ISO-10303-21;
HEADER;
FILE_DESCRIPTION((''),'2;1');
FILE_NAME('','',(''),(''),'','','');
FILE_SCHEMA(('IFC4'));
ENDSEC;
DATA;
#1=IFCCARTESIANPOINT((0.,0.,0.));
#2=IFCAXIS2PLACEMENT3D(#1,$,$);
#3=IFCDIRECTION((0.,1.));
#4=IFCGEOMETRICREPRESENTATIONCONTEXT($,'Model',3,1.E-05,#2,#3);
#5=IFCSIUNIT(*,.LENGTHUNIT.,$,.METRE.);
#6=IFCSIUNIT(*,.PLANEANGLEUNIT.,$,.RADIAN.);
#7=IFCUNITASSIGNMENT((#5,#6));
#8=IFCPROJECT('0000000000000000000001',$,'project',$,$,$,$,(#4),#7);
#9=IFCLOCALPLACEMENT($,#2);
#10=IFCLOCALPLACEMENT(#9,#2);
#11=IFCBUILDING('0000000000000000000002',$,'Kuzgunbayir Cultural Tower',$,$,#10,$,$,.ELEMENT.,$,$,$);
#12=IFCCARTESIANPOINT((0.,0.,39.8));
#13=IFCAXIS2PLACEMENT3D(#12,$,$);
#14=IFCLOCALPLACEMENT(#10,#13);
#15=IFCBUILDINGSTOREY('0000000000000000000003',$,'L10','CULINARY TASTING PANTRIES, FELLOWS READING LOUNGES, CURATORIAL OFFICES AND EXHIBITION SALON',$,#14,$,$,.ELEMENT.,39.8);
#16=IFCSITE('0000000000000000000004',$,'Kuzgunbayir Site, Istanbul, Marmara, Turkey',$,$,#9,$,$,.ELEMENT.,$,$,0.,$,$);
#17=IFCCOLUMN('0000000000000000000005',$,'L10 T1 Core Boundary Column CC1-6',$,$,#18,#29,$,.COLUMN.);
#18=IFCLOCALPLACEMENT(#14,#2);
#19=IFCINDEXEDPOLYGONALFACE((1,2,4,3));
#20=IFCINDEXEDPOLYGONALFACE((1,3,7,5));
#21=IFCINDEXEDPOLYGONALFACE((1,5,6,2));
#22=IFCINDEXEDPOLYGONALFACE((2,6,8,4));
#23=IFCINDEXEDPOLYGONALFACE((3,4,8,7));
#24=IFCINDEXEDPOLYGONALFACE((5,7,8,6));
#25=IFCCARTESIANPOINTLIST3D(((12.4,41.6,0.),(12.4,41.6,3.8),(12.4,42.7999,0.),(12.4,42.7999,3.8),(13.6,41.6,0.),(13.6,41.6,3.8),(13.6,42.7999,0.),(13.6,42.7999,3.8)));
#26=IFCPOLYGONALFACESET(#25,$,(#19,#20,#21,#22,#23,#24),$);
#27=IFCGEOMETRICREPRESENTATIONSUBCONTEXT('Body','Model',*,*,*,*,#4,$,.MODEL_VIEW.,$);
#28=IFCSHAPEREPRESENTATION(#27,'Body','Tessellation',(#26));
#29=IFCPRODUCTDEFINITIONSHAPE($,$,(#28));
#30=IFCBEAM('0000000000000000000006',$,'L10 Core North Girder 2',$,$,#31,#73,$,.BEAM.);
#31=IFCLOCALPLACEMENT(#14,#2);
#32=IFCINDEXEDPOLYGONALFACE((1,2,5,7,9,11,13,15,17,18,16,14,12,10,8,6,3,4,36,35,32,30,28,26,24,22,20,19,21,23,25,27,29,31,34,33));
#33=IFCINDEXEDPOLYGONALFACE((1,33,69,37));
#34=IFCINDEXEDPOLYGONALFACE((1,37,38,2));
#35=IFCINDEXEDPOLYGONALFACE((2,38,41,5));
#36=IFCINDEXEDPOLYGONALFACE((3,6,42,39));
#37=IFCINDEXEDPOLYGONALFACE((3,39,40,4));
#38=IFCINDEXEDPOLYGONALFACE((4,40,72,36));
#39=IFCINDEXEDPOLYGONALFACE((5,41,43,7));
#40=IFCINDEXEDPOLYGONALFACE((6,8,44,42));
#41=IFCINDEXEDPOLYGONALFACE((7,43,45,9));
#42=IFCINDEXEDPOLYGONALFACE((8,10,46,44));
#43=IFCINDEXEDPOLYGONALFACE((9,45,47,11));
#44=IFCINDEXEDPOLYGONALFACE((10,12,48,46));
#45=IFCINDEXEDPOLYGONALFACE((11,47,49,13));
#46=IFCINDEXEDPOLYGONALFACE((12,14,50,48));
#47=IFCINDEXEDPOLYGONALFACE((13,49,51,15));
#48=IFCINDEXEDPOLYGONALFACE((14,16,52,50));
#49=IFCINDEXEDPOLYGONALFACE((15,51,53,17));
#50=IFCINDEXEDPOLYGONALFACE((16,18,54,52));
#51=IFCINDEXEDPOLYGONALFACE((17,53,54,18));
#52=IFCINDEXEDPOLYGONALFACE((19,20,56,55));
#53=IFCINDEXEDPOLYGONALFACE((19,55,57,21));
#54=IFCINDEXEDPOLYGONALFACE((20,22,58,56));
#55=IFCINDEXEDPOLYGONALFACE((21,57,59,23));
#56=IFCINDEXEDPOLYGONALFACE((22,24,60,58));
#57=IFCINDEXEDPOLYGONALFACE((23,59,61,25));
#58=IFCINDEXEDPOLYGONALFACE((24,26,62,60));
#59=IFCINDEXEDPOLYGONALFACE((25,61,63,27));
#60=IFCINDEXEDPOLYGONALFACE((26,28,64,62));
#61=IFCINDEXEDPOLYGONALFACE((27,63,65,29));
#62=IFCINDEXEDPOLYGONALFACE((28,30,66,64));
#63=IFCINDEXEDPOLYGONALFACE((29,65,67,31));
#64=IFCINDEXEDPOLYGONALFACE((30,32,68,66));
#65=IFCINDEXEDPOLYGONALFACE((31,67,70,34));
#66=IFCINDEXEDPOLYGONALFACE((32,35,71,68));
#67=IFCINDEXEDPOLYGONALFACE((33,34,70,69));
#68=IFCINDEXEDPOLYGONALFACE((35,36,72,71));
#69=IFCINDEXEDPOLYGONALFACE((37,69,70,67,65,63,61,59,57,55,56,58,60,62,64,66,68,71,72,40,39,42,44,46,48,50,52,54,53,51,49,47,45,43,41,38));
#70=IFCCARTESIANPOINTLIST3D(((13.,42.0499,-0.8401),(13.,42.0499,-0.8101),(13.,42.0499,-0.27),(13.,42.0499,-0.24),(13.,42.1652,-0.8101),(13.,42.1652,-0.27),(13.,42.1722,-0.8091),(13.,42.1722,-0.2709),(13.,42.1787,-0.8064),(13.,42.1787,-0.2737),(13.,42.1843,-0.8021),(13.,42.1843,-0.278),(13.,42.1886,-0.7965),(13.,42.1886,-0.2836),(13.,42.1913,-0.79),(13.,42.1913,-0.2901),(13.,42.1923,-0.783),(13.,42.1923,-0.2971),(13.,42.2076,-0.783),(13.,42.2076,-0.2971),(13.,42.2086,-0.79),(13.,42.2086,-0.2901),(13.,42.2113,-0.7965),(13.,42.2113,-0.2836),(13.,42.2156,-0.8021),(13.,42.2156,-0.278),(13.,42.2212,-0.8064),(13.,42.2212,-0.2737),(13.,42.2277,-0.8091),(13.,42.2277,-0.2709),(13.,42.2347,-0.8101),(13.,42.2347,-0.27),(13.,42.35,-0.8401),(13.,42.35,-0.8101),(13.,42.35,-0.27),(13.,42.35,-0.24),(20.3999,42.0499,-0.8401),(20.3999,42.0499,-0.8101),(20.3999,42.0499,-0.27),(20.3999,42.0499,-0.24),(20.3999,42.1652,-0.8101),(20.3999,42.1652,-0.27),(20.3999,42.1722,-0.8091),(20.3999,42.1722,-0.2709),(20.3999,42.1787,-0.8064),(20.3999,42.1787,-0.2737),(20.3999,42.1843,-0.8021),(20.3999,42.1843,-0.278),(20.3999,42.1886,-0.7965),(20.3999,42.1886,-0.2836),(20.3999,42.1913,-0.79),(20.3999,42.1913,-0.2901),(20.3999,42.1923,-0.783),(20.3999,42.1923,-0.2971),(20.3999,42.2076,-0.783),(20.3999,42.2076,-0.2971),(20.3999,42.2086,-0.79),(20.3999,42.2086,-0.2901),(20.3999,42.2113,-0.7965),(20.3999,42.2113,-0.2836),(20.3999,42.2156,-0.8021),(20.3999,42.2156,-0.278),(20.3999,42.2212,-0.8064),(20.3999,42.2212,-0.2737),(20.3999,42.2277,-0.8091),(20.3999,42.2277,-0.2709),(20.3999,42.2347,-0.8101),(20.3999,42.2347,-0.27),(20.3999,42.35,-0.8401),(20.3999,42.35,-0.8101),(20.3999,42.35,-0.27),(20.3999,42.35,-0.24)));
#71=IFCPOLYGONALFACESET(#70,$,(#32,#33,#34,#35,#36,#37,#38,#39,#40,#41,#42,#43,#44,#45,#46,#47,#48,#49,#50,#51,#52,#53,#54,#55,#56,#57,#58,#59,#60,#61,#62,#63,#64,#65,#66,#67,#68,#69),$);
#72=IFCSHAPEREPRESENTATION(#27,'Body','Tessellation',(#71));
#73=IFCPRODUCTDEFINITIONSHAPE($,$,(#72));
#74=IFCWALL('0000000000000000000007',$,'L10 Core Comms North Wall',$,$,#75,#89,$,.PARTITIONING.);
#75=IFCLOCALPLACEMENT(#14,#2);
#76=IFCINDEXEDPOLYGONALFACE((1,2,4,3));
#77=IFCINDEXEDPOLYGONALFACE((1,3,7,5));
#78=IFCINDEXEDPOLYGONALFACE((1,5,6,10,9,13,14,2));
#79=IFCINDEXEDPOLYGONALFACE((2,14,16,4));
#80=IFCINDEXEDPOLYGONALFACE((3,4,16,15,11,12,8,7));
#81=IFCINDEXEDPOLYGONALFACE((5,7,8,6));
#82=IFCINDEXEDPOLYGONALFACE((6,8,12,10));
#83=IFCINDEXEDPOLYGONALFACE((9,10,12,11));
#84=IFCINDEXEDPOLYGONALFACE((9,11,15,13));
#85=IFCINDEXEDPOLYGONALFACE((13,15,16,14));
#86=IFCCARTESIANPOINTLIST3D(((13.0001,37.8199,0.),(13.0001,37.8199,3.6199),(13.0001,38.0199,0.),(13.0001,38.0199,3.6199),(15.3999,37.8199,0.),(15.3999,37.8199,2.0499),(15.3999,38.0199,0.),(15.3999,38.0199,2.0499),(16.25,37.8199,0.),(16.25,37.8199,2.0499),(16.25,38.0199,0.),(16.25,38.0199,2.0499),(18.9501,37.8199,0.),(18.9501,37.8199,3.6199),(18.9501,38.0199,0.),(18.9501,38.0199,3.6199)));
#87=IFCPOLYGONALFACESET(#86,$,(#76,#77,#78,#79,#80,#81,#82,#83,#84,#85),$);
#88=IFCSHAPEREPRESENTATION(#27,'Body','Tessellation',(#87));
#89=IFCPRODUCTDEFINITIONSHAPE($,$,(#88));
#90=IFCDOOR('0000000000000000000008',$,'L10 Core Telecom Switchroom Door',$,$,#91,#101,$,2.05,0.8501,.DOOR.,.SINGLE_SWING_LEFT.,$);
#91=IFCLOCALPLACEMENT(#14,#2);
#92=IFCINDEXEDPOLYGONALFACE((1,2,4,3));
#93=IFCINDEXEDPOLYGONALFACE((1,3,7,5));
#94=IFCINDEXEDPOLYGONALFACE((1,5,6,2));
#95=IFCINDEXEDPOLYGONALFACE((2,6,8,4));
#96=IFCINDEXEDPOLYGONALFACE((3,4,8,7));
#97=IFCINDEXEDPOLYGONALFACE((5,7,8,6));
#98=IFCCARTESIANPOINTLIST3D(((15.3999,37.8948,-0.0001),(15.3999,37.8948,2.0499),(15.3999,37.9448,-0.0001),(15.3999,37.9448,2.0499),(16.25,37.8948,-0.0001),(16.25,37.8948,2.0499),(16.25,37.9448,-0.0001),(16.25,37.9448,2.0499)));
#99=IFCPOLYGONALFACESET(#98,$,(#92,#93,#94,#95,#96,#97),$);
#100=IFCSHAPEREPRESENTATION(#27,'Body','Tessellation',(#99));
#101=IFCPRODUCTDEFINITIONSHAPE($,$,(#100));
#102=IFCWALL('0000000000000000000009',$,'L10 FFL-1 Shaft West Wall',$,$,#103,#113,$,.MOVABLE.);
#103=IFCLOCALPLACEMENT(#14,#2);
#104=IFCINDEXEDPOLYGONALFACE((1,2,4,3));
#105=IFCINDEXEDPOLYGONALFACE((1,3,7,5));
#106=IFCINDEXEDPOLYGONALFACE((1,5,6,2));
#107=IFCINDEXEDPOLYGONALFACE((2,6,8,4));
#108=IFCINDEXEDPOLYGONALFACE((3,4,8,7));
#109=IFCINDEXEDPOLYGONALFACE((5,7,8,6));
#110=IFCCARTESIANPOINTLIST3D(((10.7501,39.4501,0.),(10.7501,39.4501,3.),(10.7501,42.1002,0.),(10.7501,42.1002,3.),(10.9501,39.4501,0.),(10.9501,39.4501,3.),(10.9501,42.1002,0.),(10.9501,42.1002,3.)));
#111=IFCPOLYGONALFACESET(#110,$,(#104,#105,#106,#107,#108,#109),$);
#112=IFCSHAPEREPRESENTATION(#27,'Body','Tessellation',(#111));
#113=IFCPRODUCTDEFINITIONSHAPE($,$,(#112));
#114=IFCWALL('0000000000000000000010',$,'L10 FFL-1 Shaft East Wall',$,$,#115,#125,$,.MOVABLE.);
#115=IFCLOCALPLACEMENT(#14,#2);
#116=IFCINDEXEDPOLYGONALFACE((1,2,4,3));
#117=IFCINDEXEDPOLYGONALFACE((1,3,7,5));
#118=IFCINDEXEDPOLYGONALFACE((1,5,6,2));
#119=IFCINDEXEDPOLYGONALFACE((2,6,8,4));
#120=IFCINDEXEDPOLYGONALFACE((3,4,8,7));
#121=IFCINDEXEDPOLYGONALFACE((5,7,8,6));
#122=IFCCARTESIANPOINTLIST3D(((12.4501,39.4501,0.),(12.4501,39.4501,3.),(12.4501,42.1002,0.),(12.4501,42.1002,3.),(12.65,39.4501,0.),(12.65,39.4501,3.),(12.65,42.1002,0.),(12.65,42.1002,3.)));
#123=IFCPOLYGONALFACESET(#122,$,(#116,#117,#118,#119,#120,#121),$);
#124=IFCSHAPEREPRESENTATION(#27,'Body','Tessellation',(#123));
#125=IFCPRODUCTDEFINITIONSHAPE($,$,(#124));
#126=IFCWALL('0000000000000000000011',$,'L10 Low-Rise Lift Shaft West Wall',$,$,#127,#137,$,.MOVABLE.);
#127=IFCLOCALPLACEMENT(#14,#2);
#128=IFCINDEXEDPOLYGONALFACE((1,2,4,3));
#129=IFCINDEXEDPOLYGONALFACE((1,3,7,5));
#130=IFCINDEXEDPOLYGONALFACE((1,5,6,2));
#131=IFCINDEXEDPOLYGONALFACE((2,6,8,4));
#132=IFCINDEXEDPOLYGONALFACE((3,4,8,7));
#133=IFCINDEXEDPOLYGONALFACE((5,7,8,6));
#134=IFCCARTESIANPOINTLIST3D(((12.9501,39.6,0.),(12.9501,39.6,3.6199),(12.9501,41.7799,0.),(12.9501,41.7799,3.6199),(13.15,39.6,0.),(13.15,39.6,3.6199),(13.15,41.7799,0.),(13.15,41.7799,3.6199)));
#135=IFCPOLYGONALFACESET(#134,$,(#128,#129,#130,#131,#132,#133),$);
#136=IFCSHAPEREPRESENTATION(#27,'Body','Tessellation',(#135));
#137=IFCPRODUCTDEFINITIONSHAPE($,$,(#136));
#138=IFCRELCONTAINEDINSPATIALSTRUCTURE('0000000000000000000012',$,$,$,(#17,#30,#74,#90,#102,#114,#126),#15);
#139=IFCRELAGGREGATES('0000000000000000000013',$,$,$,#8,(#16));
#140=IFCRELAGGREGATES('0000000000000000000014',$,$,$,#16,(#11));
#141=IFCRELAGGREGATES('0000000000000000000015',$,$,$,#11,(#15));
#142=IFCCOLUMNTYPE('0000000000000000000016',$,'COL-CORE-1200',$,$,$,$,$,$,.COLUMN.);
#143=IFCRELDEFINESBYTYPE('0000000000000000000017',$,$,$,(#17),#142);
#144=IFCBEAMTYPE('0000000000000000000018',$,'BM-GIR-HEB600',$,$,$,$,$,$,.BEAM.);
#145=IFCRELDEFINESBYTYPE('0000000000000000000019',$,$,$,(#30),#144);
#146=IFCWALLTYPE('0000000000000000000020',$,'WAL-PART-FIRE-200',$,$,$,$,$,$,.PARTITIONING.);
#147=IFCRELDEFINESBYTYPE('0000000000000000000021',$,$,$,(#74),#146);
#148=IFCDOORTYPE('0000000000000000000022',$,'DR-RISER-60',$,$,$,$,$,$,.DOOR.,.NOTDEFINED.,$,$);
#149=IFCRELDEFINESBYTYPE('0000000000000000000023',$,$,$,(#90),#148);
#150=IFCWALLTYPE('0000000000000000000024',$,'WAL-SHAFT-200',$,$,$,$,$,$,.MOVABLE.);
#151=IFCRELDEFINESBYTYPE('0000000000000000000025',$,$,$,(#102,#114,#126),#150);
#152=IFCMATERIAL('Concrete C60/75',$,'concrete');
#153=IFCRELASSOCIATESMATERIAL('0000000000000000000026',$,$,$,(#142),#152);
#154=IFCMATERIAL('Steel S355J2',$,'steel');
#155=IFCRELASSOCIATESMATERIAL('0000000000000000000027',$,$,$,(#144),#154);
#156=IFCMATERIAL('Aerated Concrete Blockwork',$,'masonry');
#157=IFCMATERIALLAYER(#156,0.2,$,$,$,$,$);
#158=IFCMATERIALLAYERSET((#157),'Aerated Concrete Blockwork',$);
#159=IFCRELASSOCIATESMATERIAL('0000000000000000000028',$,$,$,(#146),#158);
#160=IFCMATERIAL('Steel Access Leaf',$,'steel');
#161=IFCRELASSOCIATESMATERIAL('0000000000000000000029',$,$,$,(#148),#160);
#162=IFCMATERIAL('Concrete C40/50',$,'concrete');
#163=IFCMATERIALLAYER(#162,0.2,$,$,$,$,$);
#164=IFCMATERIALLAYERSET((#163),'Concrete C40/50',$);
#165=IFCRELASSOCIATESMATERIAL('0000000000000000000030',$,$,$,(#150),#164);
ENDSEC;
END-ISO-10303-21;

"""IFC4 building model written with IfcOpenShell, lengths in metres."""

from ifc_helpers import new_model, si_unit, direction, frame, frame_2d, origin, origin_2d, place, context, subcontext, project, spatial, rectangle, i_section, extrude, material, layer, layer_set, material_profile, profile_set, type_object, element, fill, save


model = new_model("IFC4")

# Units and contexts
model_context = context("Model", 3, precision=1e-05, world=origin(), true_north=direction((0.0, 1.0)))
body_context = subcontext(model_context, "Body", "Model", "MODEL_VIEW")
ifc_project = project(units=[si_unit("LENGTHUNIT", "METRE"), si_unit("PLANEANGLEUNIT", "RADIAN")], contexts=[model_context])

# Site, building, storey
site_placement = place(None, origin())
site = spatial("IfcSite", under=ifc_project, at=site_placement, Name="Kuzgunbayir Site, Istanbul, Marmara, Turkey", CompositionType="ELEMENT", RefElevation=0.0)
building_placement = place(site_placement, origin())
building = spatial("IfcBuilding", under=site, at=building_placement, Name="Kuzgunbayir Cultural Tower", CompositionType="ELEMENT")
storey_placement = place(building_placement, frame((0.0, 0.0, 39.8)))
storey = spatial("IfcBuildingStorey", under=building, at=storey_placement, Name="L10", Description="CULINARY TASTING PANTRIES, FELLOWS READING LOUNGES, CURATORIAL OFFICES AND EXHIBITION SALON", CompositionType="ELEMENT", Elevation=39.8)

# Column
ifc_material_1 = material(Name="Concrete C60/75", Category="concrete")
ifc_material_profile_1 = material_profile(ifc_material_1, rectangle(XDim=1.2, YDim=1.2, at=origin_2d()), Name="RC 1200x1200")
ifc_profile_set_1 = profile_set([ifc_material_profile_1], Name="Concrete C60/75")
column_type = type_object("IfcColumnType", Name="COL-CORE-1200", PredefinedType="COLUMN", material=ifc_profile_set_1)
column_placement = place(storey_placement, frame((13.0, 42.2, 0.0), z_axis=(0.0, 0.0, 1.0), x_axis=(1.0, 0.0, 0.0)))
element("IfcColumn", 1, at=column_placement, inside=storey, type_object=column_type, Name="L10 T1 Core Boundary Column CC1-6", PredefinedType="COLUMN", context=body_context, shape_type="SweptSolid", body=[
    extrude(rectangle(XDim=1.2, YDim=1.2, at=origin_2d()), origin(), (0.0, 0.0, 1.0), 3.8),
])

# Beam
ifc_material_2 = material(Name="Steel S355J2", Category="steel")
ifc_material_profile_2 = material_profile(ifc_material_2, i_section(OverallWidth=0.3, OverallDepth=0.6001, WebThickness=0.0154, FlangeThickness=0.03, FilletRadius=0.0271, at=origin_2d()), Name="HEB 600")
ifc_profile_set_2 = profile_set([ifc_material_profile_2], Name="Steel S355J2")
beam_type = type_object("IfcBeamType", Name="BM-GIR-HEB600", PredefinedType="BEAM", material=ifc_profile_set_2)
beam_placement = place(storey_placement, frame((13.0, 42.2, -0.54), z_axis=(1.0, 0.0, 0.0), x_axis=(0.0, 1.0, 0.0)))
element("IfcBeam", 2, at=beam_placement, inside=storey, type_object=beam_type, Name="L10 Core North Girder 2", PredefinedType="BEAM", context=body_context, shape_type="SweptSolid", body=[
    extrude(i_section(OverallWidth=0.3, OverallDepth=0.6001, WebThickness=0.0154, FlangeThickness=0.03, FilletRadius=0.0271, at=origin_2d()), origin(), (0.0, 0.0, 1.0), 7.3999),
])

# Wall, opening, door
ifc_material_3 = material(Name="Aerated Concrete Blockwork", Category="masonry")
ifc_layer_1 = layer(ifc_material_3, 0.2)
ifc_layer_set_1 = layer_set([ifc_layer_1], Name="Aerated Concrete Blockwork")
wall_type_1 = type_object("IfcWallType", Name="WAL-PART-FIRE-200", PredefinedType="PARTITIONING", material=ifc_layer_set_1)
wall_1_placement = place(storey_placement, frame((13.0, 37.9199, 0.0), z_axis=(0.0, 0.0, 1.0), x_axis=(1.0, 0.0, 0.0)))
wall_1 = element("IfcWall", 3, at=wall_1_placement, inside=storey, type_object=wall_type_1, Name="L10 Core Comms North Wall", PredefinedType="PARTITIONING", context=body_context, shape_type="SweptSolid", body=[
    extrude(rectangle(XDim=5.95, YDim=0.2, at=frame_2d((2.9751, 0.0))), origin(), (0.0, 0.0, 1.0), 3.6199),
])
opening_1_placement = place(wall_1_placement, frame((2.3999, 0.0, 0.0)))
opening_1 = element("IfcOpeningElement", 4, at=opening_1_placement, cuts=wall_1, PredefinedType="OPENING", context=body_context, shape_type="SweptSolid", body=[
    extrude(rectangle(XDim=0.8501, YDim=2.05, at=frame_2d((0.425, 1.0249))), frame((0.0, 0.1099, 0.0), z_axis=(0.0, -1.0, 0.0), x_axis=(1.0, 0.0, 0.0)), (0.0, 0.0, 1.0), 0.22),
])
ifc_material_4 = material(Name="Steel Access Leaf", Category="steel")
door_type_1 = type_object("IfcDoorType", Name="DR-RISER-60", OperationType="NOTDEFINED", PredefinedType="DOOR", material=ifc_material_4)
door_1_placement = place(opening_1_placement, origin())
door_1 = element("IfcDoor", 5, at=door_1_placement, inside=storey, type_object=door_type_1, Name="L10 Core Telecom Switchroom Door", OperationType="SINGLE_SWING_LEFT", OverallHeight=2.05, OverallWidth=0.8501, PredefinedType="DOOR", context=body_context, shape_type="SweptSolid", body=[
    extrude(rectangle(XDim=0.8501, YDim=2.05, at=frame_2d((0.425, 1.0249))), frame((0.0, 0.0249, 0.0), z_axis=(0.0, -1.0, 0.0), x_axis=(1.0, 0.0, 0.0)), (0.0, 0.0, 1.0), 0.05),
])
fill(opening_1, door_1)
ifc_material_5 = material(Name="Concrete C40/50", Category="concrete")
ifc_layer_2 = layer(ifc_material_5, 0.2)
ifc_layer_set_2 = layer_set([ifc_layer_2], Name="Concrete C40/50")
wall_type_2 = type_object("IfcWallType", Name="WAL-SHAFT-200", PredefinedType="MOVABLE", material=ifc_layer_set_2)

# Walls
for number, where, z_axis, x_axis, name in (
    (6, (10.8501, 39.45, 0.0), (0.0, 0.0, 1.0), (0.0, 1.0, 0.0), "L10 FFL-1 Shaft West Wall"),
    (7, (12.55, 39.45, 0.0), (0.0, 0.0, 1.0), (0.0, 1.0, 0.0), "L10 FFL-1 Shaft East Wall"),
):
    element("IfcWall", number, at=place(storey_placement, frame(where, z_axis=z_axis, x_axis=x_axis)), inside=storey, type_object=wall_type_2, Name=name, PredefinedType="MOVABLE", context=body_context, shape_type="SweptSolid", body=[
        extrude(rectangle(XDim=2.6501, YDim=0.2, at=frame_2d((1.3252, 0.0))), origin(), (0.0, 0.0, 1.0), 3.0),
    ])

# Wall
wall_2_placement = place(storey_placement, frame((13.05, 39.6001, 0.0), z_axis=(0.0, 0.0, 1.0), x_axis=(0.0, 1.0, 0.0)))
element("IfcWall", 8, at=wall_2_placement, inside=storey, type_object=wall_type_2, Name="L10 Low-Rise Lift Shaft West Wall", PredefinedType="MOVABLE", context=body_context, shape_type="SweptSolid", body=[
    extrude(rectangle(XDim=2.1799, YDim=0.2, at=frame_2d((1.0898, 0.0))), origin(), (0.0, 0.0, 1.0), 3.6199),
])

save(model, "model.ifc")
